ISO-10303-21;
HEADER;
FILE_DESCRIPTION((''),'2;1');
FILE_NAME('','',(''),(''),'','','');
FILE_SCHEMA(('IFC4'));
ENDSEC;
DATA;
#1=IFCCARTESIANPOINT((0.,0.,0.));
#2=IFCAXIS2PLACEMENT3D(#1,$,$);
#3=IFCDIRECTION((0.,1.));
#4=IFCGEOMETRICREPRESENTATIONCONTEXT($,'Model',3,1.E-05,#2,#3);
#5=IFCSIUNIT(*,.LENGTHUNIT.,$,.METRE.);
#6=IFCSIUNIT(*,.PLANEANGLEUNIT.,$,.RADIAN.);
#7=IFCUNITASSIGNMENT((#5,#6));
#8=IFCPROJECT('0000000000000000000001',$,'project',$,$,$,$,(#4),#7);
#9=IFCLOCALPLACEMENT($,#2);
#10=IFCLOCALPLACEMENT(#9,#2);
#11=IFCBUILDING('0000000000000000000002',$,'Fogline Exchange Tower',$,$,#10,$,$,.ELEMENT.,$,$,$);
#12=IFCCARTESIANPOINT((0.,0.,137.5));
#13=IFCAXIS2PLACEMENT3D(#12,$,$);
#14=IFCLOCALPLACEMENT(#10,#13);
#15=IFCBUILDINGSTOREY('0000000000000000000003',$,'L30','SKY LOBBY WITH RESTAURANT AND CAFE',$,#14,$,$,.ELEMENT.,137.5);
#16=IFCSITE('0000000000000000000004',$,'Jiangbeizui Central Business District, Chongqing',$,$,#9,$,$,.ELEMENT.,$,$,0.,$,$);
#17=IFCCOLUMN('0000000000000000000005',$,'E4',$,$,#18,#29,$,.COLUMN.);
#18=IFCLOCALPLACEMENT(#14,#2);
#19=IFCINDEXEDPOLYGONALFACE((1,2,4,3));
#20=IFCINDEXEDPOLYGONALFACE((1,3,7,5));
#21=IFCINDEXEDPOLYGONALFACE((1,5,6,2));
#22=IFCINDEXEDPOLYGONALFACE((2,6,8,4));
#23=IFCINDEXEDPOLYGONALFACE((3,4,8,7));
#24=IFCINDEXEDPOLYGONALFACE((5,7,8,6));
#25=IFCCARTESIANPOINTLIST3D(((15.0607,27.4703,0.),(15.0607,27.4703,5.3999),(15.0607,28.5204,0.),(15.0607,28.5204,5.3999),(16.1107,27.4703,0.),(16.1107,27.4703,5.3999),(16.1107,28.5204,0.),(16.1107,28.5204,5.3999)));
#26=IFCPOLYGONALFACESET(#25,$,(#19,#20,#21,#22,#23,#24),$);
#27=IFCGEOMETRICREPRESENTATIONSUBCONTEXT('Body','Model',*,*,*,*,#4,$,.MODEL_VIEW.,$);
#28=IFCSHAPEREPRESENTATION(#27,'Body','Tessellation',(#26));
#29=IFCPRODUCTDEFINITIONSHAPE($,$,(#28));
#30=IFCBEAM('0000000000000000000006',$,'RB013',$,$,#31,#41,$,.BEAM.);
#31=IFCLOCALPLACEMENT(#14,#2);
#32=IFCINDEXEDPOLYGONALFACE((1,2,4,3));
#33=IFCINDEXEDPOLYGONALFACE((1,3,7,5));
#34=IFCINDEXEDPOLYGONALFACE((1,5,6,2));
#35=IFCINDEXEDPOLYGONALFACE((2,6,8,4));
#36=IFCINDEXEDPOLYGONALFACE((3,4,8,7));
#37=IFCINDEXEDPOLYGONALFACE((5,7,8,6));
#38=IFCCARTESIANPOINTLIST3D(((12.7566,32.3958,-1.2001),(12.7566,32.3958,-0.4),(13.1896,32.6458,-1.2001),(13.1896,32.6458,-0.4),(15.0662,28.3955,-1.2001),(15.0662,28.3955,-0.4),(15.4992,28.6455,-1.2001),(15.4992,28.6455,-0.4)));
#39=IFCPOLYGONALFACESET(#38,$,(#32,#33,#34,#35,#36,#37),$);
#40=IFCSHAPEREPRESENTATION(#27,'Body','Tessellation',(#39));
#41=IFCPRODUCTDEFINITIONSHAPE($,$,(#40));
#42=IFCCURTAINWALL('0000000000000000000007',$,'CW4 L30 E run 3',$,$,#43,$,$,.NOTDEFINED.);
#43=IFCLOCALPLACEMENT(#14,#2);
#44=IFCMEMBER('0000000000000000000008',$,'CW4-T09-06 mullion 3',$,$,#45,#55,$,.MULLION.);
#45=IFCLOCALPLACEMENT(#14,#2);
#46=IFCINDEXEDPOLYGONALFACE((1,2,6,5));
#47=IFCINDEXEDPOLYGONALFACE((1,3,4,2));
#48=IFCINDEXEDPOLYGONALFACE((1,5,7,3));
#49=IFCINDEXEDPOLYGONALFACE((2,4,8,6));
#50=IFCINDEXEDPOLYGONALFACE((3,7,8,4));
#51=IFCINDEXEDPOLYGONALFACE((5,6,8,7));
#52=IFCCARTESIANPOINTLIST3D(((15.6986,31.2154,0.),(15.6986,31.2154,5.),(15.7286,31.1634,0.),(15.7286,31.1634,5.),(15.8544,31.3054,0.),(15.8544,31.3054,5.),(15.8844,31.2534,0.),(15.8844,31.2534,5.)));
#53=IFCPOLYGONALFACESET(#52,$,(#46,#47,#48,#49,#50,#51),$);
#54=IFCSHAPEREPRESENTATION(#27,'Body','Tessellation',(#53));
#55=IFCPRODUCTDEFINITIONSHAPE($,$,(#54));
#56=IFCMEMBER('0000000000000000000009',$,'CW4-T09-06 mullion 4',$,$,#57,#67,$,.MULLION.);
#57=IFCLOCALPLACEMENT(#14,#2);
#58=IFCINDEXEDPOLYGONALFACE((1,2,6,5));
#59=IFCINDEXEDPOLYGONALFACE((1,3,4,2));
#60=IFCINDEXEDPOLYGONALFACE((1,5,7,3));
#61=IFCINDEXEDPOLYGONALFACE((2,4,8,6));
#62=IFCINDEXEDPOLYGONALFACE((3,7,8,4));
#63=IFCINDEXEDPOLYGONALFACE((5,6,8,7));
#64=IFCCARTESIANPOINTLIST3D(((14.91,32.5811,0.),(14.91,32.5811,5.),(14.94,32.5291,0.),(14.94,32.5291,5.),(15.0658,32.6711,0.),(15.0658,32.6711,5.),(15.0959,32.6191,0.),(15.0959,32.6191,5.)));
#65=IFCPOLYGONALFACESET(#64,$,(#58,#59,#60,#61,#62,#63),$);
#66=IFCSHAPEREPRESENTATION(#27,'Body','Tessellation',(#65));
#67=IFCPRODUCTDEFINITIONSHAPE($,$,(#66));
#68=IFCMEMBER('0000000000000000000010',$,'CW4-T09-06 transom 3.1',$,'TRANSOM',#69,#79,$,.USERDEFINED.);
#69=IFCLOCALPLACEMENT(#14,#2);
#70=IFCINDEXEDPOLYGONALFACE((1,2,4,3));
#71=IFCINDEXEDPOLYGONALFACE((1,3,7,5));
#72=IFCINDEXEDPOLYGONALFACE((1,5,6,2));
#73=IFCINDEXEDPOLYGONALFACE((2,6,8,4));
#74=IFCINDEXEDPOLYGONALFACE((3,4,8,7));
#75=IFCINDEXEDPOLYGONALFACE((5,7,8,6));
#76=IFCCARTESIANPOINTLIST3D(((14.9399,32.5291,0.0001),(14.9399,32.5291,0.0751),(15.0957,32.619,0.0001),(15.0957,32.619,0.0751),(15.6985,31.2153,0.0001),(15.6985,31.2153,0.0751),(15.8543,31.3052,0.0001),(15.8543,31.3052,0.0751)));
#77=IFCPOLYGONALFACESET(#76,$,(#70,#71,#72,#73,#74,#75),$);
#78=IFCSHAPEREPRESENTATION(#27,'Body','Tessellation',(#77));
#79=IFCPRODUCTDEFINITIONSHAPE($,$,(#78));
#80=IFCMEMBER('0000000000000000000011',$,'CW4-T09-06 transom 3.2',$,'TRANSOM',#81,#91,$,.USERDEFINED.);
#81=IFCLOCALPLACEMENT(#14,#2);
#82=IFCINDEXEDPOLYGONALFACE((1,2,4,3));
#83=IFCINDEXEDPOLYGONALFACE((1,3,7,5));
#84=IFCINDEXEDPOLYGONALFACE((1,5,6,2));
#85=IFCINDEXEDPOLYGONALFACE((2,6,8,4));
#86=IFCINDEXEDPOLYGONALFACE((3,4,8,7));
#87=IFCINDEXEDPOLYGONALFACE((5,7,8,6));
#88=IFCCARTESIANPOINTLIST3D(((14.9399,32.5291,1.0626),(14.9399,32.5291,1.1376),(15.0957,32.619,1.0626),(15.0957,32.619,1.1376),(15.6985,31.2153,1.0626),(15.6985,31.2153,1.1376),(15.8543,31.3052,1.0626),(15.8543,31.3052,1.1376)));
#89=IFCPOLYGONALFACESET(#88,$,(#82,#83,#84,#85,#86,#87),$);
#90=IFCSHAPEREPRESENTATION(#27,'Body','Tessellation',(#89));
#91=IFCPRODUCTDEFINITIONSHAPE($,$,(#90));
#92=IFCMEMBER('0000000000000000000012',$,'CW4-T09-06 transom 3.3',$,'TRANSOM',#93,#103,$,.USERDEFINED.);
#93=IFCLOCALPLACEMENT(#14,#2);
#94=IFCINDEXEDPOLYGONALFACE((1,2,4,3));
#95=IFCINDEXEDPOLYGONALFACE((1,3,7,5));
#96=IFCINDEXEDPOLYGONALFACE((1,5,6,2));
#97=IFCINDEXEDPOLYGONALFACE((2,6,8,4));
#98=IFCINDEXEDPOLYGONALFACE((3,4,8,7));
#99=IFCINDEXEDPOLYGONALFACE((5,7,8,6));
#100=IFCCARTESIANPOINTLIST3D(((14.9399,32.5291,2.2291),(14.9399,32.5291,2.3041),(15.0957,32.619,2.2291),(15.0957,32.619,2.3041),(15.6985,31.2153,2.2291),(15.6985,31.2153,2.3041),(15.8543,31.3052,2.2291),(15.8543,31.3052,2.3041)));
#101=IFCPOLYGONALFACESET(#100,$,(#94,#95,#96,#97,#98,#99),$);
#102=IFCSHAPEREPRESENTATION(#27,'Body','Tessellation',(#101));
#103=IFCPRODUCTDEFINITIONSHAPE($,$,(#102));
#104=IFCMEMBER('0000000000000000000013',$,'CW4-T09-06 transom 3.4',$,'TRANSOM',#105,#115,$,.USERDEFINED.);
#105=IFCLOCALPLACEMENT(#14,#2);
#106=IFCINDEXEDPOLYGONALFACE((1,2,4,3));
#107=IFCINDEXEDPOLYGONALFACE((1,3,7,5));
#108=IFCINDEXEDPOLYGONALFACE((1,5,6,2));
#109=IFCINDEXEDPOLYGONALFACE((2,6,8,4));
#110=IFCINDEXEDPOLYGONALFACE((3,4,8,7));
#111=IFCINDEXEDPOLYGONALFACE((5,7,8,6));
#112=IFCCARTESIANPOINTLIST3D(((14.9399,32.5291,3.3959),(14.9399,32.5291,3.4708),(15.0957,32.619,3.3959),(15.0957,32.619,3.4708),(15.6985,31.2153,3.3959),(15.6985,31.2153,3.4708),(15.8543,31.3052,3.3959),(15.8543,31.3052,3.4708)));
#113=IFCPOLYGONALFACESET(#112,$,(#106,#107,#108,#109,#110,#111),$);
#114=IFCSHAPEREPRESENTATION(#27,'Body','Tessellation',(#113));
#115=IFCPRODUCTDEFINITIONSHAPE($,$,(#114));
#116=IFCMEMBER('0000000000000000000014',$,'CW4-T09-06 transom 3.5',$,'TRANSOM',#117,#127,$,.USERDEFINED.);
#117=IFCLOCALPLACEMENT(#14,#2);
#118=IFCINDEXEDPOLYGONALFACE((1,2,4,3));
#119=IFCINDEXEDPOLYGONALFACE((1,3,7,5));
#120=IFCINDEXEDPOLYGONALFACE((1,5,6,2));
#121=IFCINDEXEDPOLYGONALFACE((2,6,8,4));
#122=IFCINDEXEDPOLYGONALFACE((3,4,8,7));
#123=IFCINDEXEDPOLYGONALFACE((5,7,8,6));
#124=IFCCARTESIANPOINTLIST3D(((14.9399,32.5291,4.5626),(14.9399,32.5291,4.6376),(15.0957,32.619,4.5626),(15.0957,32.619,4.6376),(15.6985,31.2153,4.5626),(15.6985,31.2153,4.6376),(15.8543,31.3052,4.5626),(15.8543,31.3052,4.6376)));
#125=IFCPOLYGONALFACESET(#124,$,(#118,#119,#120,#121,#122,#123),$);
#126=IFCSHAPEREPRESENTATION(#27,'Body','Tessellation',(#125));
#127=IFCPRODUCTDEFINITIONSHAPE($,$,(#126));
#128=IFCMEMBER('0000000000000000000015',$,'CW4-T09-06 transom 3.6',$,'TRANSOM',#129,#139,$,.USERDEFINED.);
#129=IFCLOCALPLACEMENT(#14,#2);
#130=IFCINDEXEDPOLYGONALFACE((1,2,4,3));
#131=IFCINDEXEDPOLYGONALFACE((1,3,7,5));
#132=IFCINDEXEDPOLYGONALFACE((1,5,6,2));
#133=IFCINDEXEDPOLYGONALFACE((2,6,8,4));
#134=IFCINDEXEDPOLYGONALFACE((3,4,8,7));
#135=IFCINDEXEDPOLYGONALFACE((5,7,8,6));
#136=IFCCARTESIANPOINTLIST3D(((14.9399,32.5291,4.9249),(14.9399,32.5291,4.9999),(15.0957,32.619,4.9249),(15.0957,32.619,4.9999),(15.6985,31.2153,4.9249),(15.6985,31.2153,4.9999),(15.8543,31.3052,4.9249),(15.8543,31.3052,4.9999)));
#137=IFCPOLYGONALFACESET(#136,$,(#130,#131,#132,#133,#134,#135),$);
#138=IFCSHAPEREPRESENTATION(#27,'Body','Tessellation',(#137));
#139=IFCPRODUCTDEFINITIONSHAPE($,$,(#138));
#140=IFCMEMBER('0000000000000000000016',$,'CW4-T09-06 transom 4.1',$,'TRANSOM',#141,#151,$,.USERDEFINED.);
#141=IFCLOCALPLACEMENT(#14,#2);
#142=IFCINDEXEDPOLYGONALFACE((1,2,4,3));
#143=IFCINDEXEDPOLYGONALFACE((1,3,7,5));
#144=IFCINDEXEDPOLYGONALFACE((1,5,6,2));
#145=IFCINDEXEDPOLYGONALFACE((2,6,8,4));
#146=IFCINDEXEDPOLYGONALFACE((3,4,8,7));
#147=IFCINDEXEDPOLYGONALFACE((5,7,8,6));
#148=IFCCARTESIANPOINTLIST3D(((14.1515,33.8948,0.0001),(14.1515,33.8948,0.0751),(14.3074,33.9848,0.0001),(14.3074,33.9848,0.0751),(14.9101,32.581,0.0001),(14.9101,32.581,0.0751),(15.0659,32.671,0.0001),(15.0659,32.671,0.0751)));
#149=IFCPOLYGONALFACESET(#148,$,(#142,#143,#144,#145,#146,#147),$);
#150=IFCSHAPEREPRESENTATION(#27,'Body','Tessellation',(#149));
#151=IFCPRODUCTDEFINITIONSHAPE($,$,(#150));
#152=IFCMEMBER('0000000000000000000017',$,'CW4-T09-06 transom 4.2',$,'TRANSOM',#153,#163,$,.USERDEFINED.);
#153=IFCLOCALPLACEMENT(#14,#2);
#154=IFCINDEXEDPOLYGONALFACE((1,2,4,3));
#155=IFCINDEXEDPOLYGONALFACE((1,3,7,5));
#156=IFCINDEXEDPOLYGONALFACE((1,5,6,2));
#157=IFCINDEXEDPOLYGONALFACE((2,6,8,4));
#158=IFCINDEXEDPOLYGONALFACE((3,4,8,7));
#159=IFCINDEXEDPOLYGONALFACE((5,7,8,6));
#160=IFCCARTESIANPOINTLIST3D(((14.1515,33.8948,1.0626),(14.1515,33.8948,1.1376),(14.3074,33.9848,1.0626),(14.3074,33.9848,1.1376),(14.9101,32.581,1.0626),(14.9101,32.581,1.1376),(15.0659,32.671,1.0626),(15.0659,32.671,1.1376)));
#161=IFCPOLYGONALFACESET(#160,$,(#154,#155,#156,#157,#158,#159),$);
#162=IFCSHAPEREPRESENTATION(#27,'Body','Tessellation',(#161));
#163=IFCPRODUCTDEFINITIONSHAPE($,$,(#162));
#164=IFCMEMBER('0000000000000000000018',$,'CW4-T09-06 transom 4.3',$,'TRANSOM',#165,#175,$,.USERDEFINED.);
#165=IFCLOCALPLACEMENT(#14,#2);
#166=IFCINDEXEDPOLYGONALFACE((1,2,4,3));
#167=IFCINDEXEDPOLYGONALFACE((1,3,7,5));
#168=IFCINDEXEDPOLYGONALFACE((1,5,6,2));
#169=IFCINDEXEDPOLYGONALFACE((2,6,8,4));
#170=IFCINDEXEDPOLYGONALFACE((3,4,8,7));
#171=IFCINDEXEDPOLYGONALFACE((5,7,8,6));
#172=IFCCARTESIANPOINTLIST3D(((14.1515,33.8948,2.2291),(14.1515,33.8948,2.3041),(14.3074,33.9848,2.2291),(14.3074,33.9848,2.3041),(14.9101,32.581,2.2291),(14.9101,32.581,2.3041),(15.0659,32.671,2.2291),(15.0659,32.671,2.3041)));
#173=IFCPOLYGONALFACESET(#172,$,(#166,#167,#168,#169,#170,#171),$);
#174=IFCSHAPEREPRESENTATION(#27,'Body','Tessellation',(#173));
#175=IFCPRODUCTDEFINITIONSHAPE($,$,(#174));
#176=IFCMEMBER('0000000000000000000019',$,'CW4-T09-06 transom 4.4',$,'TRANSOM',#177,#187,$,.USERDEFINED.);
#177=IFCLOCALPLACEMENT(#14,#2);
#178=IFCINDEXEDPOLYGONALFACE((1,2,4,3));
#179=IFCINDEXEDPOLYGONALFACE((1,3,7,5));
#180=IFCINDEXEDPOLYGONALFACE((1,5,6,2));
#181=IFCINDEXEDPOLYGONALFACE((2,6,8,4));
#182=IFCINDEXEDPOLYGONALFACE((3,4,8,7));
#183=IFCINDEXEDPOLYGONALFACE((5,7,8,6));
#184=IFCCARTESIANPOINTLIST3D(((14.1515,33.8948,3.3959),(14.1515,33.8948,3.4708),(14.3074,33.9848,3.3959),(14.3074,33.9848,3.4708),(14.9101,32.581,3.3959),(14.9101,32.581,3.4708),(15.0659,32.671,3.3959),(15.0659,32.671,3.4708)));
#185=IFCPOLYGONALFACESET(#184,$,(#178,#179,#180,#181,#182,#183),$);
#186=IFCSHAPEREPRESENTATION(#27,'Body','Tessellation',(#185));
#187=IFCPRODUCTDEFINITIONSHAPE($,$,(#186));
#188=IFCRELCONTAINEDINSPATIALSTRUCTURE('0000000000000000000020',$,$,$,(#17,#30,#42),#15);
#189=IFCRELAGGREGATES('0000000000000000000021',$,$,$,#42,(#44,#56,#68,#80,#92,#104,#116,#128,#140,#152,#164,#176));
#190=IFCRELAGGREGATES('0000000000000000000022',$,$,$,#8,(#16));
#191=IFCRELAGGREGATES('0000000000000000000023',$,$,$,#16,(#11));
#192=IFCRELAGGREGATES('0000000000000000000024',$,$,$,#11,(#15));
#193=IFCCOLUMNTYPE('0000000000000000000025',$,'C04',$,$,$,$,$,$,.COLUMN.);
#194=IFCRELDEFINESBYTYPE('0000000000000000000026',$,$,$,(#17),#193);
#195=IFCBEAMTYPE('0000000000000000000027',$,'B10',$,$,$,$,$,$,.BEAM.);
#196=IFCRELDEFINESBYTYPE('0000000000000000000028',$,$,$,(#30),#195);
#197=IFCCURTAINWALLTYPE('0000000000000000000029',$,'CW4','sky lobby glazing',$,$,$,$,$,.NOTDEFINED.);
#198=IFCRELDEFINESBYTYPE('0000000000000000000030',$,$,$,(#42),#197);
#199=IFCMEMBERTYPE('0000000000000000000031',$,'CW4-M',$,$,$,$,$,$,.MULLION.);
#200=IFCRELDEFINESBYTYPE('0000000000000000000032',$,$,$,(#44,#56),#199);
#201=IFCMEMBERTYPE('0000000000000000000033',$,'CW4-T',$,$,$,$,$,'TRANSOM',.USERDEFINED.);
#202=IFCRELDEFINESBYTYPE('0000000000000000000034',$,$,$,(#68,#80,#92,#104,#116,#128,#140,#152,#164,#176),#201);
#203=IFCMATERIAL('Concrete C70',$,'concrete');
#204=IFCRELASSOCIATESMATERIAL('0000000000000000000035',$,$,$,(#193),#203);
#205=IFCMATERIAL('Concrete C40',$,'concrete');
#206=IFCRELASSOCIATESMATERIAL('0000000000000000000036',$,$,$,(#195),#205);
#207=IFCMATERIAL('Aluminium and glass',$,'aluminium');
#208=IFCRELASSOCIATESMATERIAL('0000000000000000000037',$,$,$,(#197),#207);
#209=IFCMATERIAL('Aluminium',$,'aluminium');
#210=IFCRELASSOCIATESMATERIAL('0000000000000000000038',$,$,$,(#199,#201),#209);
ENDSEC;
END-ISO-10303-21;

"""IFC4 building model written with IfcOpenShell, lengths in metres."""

from ifc_helpers import new_model, si_unit, direction, frame, origin, origin_2d, place, context, subcontext, project, spatial, rectangle, extrude, material, material_profile, profile_set, type_object, element, aggregate, save


model = new_model("IFC4")

# Units and contexts
model_context = context("Model", 3, precision=1e-05, world=origin(), true_north=direction((0.0, 1.0)))
body_context = subcontext(model_context, "Body", "Model", "MODEL_VIEW")
ifc_project = project(units=[si_unit("LENGTHUNIT", "METRE"), si_unit("PLANEANGLEUNIT", "RADIAN")], contexts=[model_context])

# Site, building, storey
site_placement = place(None, origin())
site = spatial("IfcSite", under=ifc_project, at=site_placement, Name="Jiangbeizui Central Business District, Chongqing", CompositionType="ELEMENT", RefElevation=0.0)
building_placement = place(site_placement, origin())
building = spatial("IfcBuilding", under=site, at=building_placement, Name="Fogline Exchange Tower", CompositionType="ELEMENT")
storey_placement = place(building_placement, frame((0.0, 0.0, 137.5)))
storey = spatial("IfcBuildingStorey", under=building, at=storey_placement, Name="L30", Description="SKY LOBBY WITH RESTAURANT AND CAFE", CompositionType="ELEMENT", Elevation=137.5)

# Column
ifc_material_1 = material(Name="Concrete C70", Category="concrete")
ifc_material_profile_1 = material_profile(ifc_material_1, rectangle(XDim=1.05, YDim=1.05, at=origin_2d()), Name="RC 1050x1050")
ifc_profile_set_1 = profile_set([ifc_material_profile_1], Name="Concrete C70")
column_type = type_object("IfcColumnType", Name="C04", PredefinedType="COLUMN", material=ifc_profile_set_1)
column_placement = place(storey_placement, frame((15.5857, 27.9954, 0.0), z_axis=(0.0, 0.0, 1.0), x_axis=(1.0, 0.0, 0.0)))
element("IfcColumn", 1, at=column_placement, inside=storey, type_object=column_type, Name="E4", PredefinedType="COLUMN", context=body_context, shape_type="SweptSolid", body=[
    extrude(rectangle(XDim=1.05, YDim=1.05, at=origin_2d()), origin(), (0.0, 0.0, 1.0), 5.3999),
])

# Beam
ifc_material_2 = material(Name="Concrete C40", Category="concrete")
ifc_material_profile_2 = material_profile(ifc_material_2, rectangle(XDim=0.5, YDim=0.8, at=origin_2d()), Name="RC 500x800")
ifc_profile_set_2 = profile_set([ifc_material_profile_2], Name="Concrete C40")
beam_type = type_object("IfcBeamType", Name="B10", PredefinedType="BEAM", material=ifc_profile_set_2)
beam_placement = place(storey_placement, frame((15.2827, 28.5205, -0.8), z_axis=(-0.500005, 0.866023, 0.0), x_axis=(-0.866023, -0.500005, 0.0)))
element("IfcBeam", 2, at=beam_placement, inside=storey, type_object=beam_type, Name="RB013", PredefinedType="BEAM", context=body_context, shape_type="SweptSolid", body=[
    extrude(rectangle(XDim=0.5, YDim=0.8, at=origin_2d()), origin(), (0.0, 0.0, 1.0), 4.6191),
])

# Curtain wall, members
ifc_material_3 = material(Name="Aluminium and glass", Category="aluminium")
curtain_wall_type = type_object("IfcCurtainWallType", Name="CW4", Description="sky lobby glazing", PredefinedType="NOTDEFINED", material=ifc_material_3)
curtain_wall_placement = place(storey_placement, origin())
curtain_wall = element("IfcCurtainWall", 3, at=curtain_wall_placement, inside=storey, type_object=curtain_wall_type, Name="CW4 L30 E run 3", PredefinedType="NOTDEFINED")
ifc_material_4 = material(Name="Aluminium", Category="aluminium")
ifc_material_profile_3 = material_profile(ifc_material_4, rectangle(XDim=0.1799, YDim=0.0601, at=origin_2d()), Name="Mullion 60x180")
ifc_profile_set_3 = profile_set([ifc_material_profile_3], Name="Aluminium")
member_type_1 = type_object("IfcMemberType", Name="CW4-M", PredefinedType="MULLION", material=ifc_profile_set_3)
member_1_placement = place(storey_placement, frame((15.7915, 31.2344, 0.0), z_axis=(0.0, 0.0, 1.0), x_axis=(-0.866025, -0.5, 0.0)))
member_1 = element("IfcMember", 4, at=member_1_placement, type_object=member_type_1, Name="CW4-T09-06 mullion 3", PredefinedType="MULLION", context=body_context, shape_type="SweptSolid", body=[
    extrude(rectangle(XDim=0.1799, YDim=0.0601, at=origin_2d()), origin(), (0.0, 0.0, 1.0), 5.0),
])
member_2_placement = place(storey_placement, frame((15.0029, 32.6001, 0.0), z_axis=(0.0, 0.0, 1.0), x_axis=(-0.866025, -0.5, 0.0)))
member_2 = element("IfcMember", 5, at=member_2_placement, type_object=member_type_1, Name="CW4-T09-06 mullion 4", PredefinedType="MULLION", context=body_context, shape_type="SweptSolid", body=[
    extrude(rectangle(XDim=0.1799, YDim=0.0601, at=origin_2d()), origin(), (0.0, 0.0, 1.0), 5.0),
])
ifc_material_profile_4 = material_profile(ifc_material_4, rectangle(XDim=0.1799, YDim=0.075, at=origin_2d()), Name="Transom 75x180")
ifc_profile_set_4 = profile_set([ifc_material_profile_4], Name="Aluminium")
member_type_2 = type_object("IfcMemberType", Name="CW4-T", ElementType="TRANSOM", PredefinedType="USERDEFINED", material=ifc_profile_set_4)
member_3_placement = place(storey_placement, frame((15.7764, 31.2603, 0.0376), z_axis=(-0.500034, 0.866006, 0.0), x_axis=(-0.866006, -0.500034, 0.0)))
member_3 = element("IfcMember", 6, at=member_3_placement, type_object=member_type_2, Name="CW4-T09-06 transom 3.1", ObjectType="TRANSOM", PredefinedType="USERDEFINED", context=body_context, shape_type="SweptSolid", body=[
    extrude(rectangle(XDim=0.1799, YDim=0.075, at=origin_2d()), origin(), (0.0, 0.0, 1.0), 1.5171),
])
member_4_placement = place(storey_placement, frame((15.7764, 31.2603, 1.1001), z_axis=(-0.500034, 0.866006, 0.0), x_axis=(-0.866006, -0.500034, 0.0)))
member_4 = element("IfcMember", 7, at=member_4_placement, type_object=member_type_2, Name="CW4-T09-06 transom 3.2", ObjectType="TRANSOM", PredefinedType="USERDEFINED", context=body_context, shape_type="SweptSolid", body=[
    extrude(rectangle(XDim=0.1799, YDim=0.075, at=origin_2d()), origin(), (0.0, 0.0, 1.0), 1.5171),
])
member_5_placement = place(storey_placement, frame((15.7764, 31.2603, 2.2666), z_axis=(-0.500034, 0.866006, 0.0), x_axis=(-0.866006, -0.500034, 0.0)))
member_5 = element("IfcMember", 8, at=member_5_placement, type_object=member_type_2, Name="CW4-T09-06 transom 3.3", ObjectType="TRANSOM", PredefinedType="USERDEFINED", context=body_context, shape_type="SweptSolid", body=[
    extrude(rectangle(XDim=0.1799, YDim=0.075, at=origin_2d()), origin(), (0.0, 0.0, 1.0), 1.5171),
])
member_6_placement = place(storey_placement, frame((15.7764, 31.2603, 3.4333), z_axis=(-0.500034, 0.866006, 0.0), x_axis=(-0.866006, -0.500034, 0.0)))
member_6 = element("IfcMember", 9, at=member_6_placement, type_object=member_type_2, Name="CW4-T09-06 transom 3.4", ObjectType="TRANSOM", PredefinedType="USERDEFINED", context=body_context, shape_type="SweptSolid", body=[
    extrude(rectangle(XDim=0.1799, YDim=0.075, at=origin_2d()), origin(), (0.0, 0.0, 1.0), 1.5171),
])
member_7_placement = place(storey_placement, frame((15.7764, 31.2603, 4.6001), z_axis=(-0.500034, 0.866006, 0.0), x_axis=(-0.866006, -0.500034, 0.0)))
member_7 = element("IfcMember", 10, at=member_7_placement, type_object=member_type_2, Name="CW4-T09-06 transom 3.5", ObjectType="TRANSOM", PredefinedType="USERDEFINED", context=body_context, shape_type="SweptSolid", body=[
    extrude(rectangle(XDim=0.1799, YDim=0.075, at=origin_2d()), origin(), (0.0, 0.0, 1.0), 1.5171),
])
member_8_placement = place(storey_placement, frame((15.7764, 31.2603, 4.9624), z_axis=(-0.500034, 0.866006, 0.0), x_axis=(-0.866006, -0.500034, 0.0)))
member_8 = element("IfcMember", 11, at=member_8_placement, type_object=member_type_2, Name="CW4-T09-06 transom 3.6", ObjectType="TRANSOM", PredefinedType="USERDEFINED", context=body_context, shape_type="SweptSolid", body=[
    extrude(rectangle(XDim=0.1799, YDim=0.075, at=origin_2d()), origin(), (0.0, 0.0, 1.0), 1.5171),
])
member_9_placement = place(storey_placement, frame((14.988, 32.626, 0.0376), z_axis=(-0.500034, 0.866006, 0.0), x_axis=(-0.866006, -0.500034, 0.0)))
member_9 = element("IfcMember", 12, at=member_9_placement, type_object=member_type_2, Name="CW4-T09-06 transom 4.1", ObjectType="TRANSOM", PredefinedType="USERDEFINED", context=body_context, shape_type="SweptSolid", body=[
    extrude(rectangle(XDim=0.1799, YDim=0.075, at=origin_2d()), origin(), (0.0, 0.0, 1.0), 1.5171),
])
member_10_placement = place(storey_placement, frame((14.988, 32.626, 1.1001), z_axis=(-0.500034, 0.866006, 0.0), x_axis=(-0.866006, -0.500034, 0.0)))
member_10 = element("IfcMember", 13, at=member_10_placement, type_object=member_type_2, Name="CW4-T09-06 transom 4.2", ObjectType="TRANSOM", PredefinedType="USERDEFINED", context=body_context, shape_type="SweptSolid", body=[
    extrude(rectangle(XDim=0.1799, YDim=0.075, at=origin_2d()), origin(), (0.0, 0.0, 1.0), 1.5171),
])
member_11_placement = place(storey_placement, frame((14.988, 32.626, 2.2666), z_axis=(-0.500034, 0.866006, 0.0), x_axis=(-0.866006, -0.500034, 0.0)))
member_11 = element("IfcMember", 14, at=member_11_placement, type_object=member_type_2, Name="CW4-T09-06 transom 4.3", ObjectType="TRANSOM", PredefinedType="USERDEFINED", context=body_context, shape_type="SweptSolid", body=[
    extrude(rectangle(XDim=0.1799, YDim=0.075, at=origin_2d()), origin(), (0.0, 0.0, 1.0), 1.5171),
])
member_12_placement = place(storey_placement, frame((14.988, 32.626, 3.4333), z_axis=(-0.500034, 0.866006, 0.0), x_axis=(-0.866006, -0.500034, 0.0)))
member_12 = element("IfcMember", 15, at=member_12_placement, type_object=member_type_2, Name="CW4-T09-06 transom 4.4", ObjectType="TRANSOM", PredefinedType="USERDEFINED", context=body_context, shape_type="SweptSolid", body=[
    extrude(rectangle(XDim=0.1799, YDim=0.075, at=origin_2d()), origin(), (0.0, 0.0, 1.0), 1.5171),
])
aggregate(curtain_wall, [member_1, member_2, member_3, member_4, member_5, member_6, member_7, member_8, member_9, member_10, member_11, member_12])

save(model, "model.ifc")
